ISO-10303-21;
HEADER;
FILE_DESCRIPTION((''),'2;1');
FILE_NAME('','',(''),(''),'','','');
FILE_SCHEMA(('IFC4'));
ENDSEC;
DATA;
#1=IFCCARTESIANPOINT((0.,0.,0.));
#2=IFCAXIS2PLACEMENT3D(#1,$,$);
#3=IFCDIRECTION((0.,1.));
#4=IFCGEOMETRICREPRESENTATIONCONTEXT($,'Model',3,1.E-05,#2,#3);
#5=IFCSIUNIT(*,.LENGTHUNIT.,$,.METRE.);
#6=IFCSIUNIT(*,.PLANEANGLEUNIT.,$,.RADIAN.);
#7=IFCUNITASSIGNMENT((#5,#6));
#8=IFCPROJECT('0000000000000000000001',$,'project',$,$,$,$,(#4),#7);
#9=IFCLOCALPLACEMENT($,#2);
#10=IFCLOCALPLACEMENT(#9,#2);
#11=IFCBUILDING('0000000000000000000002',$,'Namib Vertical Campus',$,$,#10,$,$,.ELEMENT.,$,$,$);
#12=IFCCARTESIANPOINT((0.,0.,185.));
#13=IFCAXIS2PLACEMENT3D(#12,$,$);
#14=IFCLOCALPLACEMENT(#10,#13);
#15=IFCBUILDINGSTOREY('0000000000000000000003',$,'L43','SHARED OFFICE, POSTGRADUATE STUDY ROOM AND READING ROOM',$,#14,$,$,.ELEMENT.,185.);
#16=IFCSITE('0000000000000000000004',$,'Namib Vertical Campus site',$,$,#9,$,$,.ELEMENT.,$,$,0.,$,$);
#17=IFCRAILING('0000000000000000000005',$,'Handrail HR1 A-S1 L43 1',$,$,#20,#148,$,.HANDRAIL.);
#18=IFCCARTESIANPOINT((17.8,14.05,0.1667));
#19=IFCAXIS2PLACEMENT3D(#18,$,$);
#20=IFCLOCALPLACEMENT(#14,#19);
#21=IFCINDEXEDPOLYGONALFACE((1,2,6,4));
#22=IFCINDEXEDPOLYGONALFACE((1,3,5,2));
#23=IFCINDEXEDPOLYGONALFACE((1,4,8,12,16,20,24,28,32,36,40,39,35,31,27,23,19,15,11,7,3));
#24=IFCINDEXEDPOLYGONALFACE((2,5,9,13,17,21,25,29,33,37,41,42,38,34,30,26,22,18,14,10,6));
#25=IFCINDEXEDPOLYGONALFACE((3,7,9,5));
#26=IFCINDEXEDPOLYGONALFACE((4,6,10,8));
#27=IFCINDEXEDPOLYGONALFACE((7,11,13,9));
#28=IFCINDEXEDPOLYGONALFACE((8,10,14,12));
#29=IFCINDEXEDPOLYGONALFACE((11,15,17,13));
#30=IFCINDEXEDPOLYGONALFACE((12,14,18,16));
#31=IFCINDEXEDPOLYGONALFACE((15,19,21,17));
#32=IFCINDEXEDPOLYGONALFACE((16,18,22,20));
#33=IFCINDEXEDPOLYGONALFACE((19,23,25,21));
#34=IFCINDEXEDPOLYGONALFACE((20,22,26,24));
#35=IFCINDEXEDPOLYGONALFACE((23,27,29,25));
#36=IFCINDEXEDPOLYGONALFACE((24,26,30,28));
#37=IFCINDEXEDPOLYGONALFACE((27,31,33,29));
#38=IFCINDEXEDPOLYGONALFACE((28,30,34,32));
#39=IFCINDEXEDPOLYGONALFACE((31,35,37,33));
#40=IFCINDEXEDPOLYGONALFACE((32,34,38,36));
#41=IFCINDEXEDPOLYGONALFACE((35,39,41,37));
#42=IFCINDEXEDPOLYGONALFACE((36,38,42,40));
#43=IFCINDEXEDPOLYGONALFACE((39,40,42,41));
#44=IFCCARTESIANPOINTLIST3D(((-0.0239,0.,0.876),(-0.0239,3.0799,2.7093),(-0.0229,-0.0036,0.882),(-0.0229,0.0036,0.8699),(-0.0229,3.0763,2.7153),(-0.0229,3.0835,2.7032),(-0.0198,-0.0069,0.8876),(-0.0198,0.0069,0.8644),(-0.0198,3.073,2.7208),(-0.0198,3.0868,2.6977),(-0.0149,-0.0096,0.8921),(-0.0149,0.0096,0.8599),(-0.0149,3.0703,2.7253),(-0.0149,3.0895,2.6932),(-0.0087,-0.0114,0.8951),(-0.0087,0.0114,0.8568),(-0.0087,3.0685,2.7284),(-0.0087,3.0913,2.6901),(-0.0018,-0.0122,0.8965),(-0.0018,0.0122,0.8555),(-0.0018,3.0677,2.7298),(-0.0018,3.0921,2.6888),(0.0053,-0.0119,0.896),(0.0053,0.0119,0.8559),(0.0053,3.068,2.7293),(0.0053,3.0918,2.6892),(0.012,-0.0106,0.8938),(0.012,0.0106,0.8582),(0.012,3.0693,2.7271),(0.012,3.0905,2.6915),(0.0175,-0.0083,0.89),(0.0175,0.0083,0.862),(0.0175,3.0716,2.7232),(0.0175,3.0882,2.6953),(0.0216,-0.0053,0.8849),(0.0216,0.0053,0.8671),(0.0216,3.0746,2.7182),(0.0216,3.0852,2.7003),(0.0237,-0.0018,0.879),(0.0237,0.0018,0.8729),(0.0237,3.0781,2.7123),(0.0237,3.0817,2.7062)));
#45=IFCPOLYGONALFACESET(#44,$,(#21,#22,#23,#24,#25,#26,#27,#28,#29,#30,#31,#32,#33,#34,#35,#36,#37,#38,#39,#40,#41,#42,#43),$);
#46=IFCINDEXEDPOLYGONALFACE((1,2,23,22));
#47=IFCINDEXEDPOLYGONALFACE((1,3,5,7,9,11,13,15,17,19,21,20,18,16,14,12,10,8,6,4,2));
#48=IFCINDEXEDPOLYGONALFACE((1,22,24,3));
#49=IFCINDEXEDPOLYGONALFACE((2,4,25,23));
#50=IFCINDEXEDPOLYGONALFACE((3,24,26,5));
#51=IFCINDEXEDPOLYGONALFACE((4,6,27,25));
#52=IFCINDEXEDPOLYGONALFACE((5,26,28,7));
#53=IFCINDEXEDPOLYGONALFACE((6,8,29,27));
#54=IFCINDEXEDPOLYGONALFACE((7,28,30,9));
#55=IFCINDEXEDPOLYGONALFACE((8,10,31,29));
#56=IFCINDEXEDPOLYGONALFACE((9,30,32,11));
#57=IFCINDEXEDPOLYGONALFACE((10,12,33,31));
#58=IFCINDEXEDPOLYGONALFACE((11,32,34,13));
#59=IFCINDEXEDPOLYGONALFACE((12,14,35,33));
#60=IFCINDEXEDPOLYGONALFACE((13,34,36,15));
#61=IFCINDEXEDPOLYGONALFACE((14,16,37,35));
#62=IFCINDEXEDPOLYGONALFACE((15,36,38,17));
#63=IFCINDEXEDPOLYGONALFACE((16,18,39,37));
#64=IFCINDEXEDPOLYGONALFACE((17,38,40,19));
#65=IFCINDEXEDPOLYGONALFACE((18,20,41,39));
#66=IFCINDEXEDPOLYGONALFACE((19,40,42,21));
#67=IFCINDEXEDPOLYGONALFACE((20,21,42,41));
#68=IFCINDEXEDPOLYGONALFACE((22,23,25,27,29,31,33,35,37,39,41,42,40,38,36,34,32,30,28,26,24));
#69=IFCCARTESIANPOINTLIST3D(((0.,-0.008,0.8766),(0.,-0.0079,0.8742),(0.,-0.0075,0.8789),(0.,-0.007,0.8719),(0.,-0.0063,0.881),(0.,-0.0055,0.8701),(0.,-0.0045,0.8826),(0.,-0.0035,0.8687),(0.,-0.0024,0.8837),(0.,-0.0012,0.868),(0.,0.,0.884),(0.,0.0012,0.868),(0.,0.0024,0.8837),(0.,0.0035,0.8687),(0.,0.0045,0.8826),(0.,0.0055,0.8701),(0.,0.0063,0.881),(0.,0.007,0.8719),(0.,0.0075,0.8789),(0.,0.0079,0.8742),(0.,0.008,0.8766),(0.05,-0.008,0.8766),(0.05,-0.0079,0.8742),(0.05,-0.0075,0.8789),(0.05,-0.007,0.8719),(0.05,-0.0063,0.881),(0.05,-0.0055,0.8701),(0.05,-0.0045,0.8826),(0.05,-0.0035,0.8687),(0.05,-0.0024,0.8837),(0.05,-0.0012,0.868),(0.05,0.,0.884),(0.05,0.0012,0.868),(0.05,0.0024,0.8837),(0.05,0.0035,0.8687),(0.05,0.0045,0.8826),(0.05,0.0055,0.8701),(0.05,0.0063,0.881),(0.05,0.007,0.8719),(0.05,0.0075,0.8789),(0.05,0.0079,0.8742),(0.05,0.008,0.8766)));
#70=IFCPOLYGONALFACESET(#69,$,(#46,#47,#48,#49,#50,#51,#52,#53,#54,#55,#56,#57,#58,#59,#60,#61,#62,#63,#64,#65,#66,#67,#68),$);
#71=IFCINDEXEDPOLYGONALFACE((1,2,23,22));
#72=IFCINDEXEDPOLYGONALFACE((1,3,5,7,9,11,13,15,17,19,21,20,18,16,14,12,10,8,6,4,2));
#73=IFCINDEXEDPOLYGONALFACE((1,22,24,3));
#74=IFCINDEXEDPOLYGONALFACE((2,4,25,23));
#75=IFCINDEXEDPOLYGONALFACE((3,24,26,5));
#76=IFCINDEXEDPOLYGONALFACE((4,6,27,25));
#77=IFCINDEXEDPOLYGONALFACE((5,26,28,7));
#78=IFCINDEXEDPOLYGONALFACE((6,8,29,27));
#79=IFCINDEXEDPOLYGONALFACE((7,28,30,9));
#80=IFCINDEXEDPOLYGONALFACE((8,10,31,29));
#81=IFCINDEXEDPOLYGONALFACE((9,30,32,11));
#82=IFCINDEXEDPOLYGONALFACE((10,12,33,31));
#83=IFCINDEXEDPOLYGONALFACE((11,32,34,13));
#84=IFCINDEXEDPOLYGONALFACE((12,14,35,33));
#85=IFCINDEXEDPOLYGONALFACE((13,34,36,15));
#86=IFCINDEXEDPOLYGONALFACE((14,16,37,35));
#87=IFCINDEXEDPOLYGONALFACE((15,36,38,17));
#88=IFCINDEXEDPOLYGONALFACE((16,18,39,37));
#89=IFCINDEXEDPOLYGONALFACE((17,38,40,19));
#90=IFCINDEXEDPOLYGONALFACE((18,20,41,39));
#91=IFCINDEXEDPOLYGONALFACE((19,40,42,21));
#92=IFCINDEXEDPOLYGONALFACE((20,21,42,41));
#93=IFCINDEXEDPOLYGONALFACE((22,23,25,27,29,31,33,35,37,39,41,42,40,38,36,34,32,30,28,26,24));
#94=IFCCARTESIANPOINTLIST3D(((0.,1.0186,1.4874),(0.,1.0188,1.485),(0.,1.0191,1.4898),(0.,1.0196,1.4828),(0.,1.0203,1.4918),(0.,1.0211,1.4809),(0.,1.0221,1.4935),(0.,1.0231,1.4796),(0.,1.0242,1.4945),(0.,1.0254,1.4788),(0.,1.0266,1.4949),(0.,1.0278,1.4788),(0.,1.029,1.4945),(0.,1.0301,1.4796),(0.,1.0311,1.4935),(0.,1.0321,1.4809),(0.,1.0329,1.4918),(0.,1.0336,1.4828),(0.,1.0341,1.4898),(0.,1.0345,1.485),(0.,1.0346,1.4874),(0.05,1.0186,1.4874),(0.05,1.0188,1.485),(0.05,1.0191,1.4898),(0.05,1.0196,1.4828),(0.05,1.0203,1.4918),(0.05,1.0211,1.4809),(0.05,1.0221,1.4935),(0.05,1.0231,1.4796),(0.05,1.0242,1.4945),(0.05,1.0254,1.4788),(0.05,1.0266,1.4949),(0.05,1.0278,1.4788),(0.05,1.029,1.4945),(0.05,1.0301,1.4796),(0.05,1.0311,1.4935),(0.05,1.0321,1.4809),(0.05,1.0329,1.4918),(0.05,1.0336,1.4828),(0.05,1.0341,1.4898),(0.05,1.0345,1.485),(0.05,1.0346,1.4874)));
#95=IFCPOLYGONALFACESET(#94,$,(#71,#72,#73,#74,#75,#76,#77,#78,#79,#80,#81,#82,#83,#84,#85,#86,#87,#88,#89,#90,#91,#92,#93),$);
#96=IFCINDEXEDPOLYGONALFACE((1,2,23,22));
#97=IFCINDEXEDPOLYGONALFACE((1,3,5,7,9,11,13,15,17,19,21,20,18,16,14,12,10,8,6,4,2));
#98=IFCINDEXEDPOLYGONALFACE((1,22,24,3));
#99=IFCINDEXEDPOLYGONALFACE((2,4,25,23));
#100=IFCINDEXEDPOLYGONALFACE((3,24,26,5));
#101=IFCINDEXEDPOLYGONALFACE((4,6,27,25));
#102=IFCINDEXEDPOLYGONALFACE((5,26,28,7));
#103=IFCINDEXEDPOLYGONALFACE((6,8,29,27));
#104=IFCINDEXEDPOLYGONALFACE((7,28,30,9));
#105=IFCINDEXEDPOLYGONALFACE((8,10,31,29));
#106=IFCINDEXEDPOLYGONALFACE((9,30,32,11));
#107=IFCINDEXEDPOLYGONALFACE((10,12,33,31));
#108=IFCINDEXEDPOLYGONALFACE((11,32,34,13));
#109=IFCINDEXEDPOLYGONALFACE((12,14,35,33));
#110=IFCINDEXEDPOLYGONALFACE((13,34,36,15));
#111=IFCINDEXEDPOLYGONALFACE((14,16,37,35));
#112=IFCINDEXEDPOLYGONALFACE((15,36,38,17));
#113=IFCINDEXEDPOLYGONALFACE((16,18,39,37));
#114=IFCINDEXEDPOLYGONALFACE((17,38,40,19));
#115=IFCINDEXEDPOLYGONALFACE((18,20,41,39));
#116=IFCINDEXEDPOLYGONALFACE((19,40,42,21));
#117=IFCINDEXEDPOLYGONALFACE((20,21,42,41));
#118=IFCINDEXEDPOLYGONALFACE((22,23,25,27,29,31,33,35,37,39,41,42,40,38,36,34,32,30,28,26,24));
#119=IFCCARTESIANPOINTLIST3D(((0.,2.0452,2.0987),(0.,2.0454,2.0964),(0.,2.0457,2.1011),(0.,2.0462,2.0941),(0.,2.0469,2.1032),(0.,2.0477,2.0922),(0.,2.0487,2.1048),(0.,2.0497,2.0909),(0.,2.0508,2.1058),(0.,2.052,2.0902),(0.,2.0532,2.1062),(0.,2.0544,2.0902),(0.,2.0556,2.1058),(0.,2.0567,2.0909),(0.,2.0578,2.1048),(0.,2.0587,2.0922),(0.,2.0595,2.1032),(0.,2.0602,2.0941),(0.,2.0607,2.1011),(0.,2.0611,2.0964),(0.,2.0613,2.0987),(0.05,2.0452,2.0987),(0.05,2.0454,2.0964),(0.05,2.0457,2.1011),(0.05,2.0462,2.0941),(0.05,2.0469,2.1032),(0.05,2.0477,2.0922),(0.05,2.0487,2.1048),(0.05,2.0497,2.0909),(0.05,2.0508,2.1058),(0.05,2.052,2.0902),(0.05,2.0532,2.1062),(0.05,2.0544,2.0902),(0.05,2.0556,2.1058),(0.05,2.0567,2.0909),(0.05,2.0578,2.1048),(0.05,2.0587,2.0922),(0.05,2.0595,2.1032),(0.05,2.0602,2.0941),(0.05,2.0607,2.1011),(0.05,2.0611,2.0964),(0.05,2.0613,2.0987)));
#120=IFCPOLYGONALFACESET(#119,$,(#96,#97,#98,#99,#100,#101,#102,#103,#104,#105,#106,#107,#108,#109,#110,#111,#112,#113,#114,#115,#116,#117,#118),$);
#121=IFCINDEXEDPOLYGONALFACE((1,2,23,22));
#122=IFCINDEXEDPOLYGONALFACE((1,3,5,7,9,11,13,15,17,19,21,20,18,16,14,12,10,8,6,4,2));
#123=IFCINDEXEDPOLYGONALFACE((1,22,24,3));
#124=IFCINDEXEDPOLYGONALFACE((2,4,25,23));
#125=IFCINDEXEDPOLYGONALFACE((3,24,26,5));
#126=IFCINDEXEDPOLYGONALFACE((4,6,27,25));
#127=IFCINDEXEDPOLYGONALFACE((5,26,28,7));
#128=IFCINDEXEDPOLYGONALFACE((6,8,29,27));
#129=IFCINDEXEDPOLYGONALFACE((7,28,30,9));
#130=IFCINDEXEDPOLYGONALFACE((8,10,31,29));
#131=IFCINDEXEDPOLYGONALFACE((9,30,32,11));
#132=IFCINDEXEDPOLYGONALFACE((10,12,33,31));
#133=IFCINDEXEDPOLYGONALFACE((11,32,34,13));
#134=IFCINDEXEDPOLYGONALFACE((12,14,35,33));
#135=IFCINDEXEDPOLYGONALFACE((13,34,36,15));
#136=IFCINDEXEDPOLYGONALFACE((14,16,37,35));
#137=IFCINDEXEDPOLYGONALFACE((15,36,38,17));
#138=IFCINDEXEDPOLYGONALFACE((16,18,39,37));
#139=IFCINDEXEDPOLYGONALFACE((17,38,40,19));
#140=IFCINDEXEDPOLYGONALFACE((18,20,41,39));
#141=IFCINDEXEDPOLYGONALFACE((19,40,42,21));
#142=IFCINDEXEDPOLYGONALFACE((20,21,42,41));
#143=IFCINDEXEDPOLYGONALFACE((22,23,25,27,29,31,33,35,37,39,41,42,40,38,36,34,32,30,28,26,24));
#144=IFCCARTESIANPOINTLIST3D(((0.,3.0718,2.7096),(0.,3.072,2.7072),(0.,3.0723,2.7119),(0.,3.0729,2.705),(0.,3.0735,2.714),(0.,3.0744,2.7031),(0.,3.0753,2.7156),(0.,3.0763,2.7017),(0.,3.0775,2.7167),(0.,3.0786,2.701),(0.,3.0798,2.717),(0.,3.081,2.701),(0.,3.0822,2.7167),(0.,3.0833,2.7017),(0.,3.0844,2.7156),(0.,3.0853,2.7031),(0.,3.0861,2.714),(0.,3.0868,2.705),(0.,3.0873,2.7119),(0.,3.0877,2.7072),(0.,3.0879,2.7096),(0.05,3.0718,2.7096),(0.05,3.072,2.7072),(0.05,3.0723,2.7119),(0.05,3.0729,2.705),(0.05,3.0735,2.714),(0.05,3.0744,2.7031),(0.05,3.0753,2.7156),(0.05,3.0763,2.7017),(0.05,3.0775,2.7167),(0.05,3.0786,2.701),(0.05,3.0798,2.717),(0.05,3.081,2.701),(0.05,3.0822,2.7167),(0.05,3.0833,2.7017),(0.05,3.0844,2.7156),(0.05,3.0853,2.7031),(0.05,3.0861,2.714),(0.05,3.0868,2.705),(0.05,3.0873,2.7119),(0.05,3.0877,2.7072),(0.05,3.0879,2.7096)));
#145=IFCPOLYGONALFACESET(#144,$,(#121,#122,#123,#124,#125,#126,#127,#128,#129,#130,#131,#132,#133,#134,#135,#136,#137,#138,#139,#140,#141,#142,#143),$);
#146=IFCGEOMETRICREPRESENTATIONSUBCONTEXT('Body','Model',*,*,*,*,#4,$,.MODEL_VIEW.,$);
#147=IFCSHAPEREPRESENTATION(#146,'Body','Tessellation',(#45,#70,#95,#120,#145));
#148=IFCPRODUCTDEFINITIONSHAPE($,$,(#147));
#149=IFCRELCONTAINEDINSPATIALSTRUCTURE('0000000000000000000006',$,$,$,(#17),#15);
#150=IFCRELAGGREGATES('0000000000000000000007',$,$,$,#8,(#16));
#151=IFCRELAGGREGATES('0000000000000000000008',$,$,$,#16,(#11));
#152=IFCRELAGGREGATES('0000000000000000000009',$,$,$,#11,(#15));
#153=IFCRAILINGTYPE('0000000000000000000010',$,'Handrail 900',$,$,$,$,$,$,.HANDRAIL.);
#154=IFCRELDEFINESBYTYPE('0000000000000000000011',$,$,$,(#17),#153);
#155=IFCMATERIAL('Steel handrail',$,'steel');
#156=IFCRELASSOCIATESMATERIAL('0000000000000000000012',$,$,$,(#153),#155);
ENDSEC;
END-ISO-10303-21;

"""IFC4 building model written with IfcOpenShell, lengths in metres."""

from ifc_helpers import new_model, si_unit, direction, frame, origin, origin_2d, place, context, subcontext, project, spatial, circle, extrude, material, type_object, element, save


model = new_model("IFC4")

# Units and contexts
model_context = context("Model", 3, precision=1e-05, world=origin(), true_north=direction((0.0, 1.0)))
body_context = subcontext(model_context, "Body", "Model", "MODEL_VIEW")
ifc_project = project(units=[si_unit("LENGTHUNIT", "METRE"), si_unit("PLANEANGLEUNIT", "RADIAN")], contexts=[model_context])

# Site, building, storey
site_placement = place(None, origin())
site = spatial("IfcSite", under=ifc_project, at=site_placement, Name="Namib Vertical Campus site", CompositionType="ELEMENT", RefElevation=0.0)
building_placement = place(site_placement, origin())
building = spatial("IfcBuilding", under=site, at=building_placement, Name="Namib Vertical Campus", CompositionType="ELEMENT")
storey_placement = place(building_placement, frame((0.0, 0.0, 185.0)))
storey = spatial("IfcBuildingStorey", under=building, at=storey_placement, Name="L43", Description="SHARED OFFICE, POSTGRADUATE STUDY ROOM AND READING ROOM", CompositionType="ELEMENT", Elevation=185.0)

# Railing
ifc_material_1 = material(Name="Steel handrail", Category="steel")
railing_type_1 = type_object("IfcRailingType", Name="Handrail 900", PredefinedType="HANDRAIL", material=ifc_material_1)
railing_1_placement = place(storey_placement, frame((17.8, 14.05, 0.1667)))
element("IfcRailing", 1, at=railing_1_placement, inside=storey, type_object=railing_type_1, Name="Handrail HR1 A-S1 L43 1", PredefinedType="HANDRAIL", context=body_context, shape_type="SweptSolid", body=[
    extrude(circle(Radius=0.0239, at=origin_2d()), frame((0.0, 0.0, 0.876), z_axis=(0.0, 0.859291, 0.511487), x_axis=(-1.0, 0.0, 0.0)), (0.0, 0.0, 1.0), 3.5842),
    extrude(circle(Radius=0.0081, at=origin_2d()), frame((0.0, 0.0, 0.876), z_axis=(1.0, 0.0, 0.0), x_axis=(0.0, 0.0, 1.0)), (0.0, 0.0, 1.0), 0.05),
    extrude(circle(Radius=0.0081, at=origin_2d()), frame((0.0, 1.0266, 1.4868), z_axis=(1.0, 0.0, 0.0), x_axis=(0.0, 0.0, 1.0)), (0.0, 0.0, 1.0), 0.05),
    extrude(circle(Radius=0.0081, at=origin_2d()), frame((0.0, 2.0532, 2.0981), z_axis=(1.0, 0.0, 0.0), x_axis=(0.0, 0.0, 1.0)), (0.0, 0.0, 1.0), 0.05),
    extrude(circle(Radius=0.0081, at=origin_2d()), frame((0.0, 3.0798, 2.709), z_axis=(1.0, 0.0, 0.0), x_axis=(0.0, 0.0, 1.0)), (0.0, 0.0, 1.0), 0.05),
])

save(model, "model.ifc")
